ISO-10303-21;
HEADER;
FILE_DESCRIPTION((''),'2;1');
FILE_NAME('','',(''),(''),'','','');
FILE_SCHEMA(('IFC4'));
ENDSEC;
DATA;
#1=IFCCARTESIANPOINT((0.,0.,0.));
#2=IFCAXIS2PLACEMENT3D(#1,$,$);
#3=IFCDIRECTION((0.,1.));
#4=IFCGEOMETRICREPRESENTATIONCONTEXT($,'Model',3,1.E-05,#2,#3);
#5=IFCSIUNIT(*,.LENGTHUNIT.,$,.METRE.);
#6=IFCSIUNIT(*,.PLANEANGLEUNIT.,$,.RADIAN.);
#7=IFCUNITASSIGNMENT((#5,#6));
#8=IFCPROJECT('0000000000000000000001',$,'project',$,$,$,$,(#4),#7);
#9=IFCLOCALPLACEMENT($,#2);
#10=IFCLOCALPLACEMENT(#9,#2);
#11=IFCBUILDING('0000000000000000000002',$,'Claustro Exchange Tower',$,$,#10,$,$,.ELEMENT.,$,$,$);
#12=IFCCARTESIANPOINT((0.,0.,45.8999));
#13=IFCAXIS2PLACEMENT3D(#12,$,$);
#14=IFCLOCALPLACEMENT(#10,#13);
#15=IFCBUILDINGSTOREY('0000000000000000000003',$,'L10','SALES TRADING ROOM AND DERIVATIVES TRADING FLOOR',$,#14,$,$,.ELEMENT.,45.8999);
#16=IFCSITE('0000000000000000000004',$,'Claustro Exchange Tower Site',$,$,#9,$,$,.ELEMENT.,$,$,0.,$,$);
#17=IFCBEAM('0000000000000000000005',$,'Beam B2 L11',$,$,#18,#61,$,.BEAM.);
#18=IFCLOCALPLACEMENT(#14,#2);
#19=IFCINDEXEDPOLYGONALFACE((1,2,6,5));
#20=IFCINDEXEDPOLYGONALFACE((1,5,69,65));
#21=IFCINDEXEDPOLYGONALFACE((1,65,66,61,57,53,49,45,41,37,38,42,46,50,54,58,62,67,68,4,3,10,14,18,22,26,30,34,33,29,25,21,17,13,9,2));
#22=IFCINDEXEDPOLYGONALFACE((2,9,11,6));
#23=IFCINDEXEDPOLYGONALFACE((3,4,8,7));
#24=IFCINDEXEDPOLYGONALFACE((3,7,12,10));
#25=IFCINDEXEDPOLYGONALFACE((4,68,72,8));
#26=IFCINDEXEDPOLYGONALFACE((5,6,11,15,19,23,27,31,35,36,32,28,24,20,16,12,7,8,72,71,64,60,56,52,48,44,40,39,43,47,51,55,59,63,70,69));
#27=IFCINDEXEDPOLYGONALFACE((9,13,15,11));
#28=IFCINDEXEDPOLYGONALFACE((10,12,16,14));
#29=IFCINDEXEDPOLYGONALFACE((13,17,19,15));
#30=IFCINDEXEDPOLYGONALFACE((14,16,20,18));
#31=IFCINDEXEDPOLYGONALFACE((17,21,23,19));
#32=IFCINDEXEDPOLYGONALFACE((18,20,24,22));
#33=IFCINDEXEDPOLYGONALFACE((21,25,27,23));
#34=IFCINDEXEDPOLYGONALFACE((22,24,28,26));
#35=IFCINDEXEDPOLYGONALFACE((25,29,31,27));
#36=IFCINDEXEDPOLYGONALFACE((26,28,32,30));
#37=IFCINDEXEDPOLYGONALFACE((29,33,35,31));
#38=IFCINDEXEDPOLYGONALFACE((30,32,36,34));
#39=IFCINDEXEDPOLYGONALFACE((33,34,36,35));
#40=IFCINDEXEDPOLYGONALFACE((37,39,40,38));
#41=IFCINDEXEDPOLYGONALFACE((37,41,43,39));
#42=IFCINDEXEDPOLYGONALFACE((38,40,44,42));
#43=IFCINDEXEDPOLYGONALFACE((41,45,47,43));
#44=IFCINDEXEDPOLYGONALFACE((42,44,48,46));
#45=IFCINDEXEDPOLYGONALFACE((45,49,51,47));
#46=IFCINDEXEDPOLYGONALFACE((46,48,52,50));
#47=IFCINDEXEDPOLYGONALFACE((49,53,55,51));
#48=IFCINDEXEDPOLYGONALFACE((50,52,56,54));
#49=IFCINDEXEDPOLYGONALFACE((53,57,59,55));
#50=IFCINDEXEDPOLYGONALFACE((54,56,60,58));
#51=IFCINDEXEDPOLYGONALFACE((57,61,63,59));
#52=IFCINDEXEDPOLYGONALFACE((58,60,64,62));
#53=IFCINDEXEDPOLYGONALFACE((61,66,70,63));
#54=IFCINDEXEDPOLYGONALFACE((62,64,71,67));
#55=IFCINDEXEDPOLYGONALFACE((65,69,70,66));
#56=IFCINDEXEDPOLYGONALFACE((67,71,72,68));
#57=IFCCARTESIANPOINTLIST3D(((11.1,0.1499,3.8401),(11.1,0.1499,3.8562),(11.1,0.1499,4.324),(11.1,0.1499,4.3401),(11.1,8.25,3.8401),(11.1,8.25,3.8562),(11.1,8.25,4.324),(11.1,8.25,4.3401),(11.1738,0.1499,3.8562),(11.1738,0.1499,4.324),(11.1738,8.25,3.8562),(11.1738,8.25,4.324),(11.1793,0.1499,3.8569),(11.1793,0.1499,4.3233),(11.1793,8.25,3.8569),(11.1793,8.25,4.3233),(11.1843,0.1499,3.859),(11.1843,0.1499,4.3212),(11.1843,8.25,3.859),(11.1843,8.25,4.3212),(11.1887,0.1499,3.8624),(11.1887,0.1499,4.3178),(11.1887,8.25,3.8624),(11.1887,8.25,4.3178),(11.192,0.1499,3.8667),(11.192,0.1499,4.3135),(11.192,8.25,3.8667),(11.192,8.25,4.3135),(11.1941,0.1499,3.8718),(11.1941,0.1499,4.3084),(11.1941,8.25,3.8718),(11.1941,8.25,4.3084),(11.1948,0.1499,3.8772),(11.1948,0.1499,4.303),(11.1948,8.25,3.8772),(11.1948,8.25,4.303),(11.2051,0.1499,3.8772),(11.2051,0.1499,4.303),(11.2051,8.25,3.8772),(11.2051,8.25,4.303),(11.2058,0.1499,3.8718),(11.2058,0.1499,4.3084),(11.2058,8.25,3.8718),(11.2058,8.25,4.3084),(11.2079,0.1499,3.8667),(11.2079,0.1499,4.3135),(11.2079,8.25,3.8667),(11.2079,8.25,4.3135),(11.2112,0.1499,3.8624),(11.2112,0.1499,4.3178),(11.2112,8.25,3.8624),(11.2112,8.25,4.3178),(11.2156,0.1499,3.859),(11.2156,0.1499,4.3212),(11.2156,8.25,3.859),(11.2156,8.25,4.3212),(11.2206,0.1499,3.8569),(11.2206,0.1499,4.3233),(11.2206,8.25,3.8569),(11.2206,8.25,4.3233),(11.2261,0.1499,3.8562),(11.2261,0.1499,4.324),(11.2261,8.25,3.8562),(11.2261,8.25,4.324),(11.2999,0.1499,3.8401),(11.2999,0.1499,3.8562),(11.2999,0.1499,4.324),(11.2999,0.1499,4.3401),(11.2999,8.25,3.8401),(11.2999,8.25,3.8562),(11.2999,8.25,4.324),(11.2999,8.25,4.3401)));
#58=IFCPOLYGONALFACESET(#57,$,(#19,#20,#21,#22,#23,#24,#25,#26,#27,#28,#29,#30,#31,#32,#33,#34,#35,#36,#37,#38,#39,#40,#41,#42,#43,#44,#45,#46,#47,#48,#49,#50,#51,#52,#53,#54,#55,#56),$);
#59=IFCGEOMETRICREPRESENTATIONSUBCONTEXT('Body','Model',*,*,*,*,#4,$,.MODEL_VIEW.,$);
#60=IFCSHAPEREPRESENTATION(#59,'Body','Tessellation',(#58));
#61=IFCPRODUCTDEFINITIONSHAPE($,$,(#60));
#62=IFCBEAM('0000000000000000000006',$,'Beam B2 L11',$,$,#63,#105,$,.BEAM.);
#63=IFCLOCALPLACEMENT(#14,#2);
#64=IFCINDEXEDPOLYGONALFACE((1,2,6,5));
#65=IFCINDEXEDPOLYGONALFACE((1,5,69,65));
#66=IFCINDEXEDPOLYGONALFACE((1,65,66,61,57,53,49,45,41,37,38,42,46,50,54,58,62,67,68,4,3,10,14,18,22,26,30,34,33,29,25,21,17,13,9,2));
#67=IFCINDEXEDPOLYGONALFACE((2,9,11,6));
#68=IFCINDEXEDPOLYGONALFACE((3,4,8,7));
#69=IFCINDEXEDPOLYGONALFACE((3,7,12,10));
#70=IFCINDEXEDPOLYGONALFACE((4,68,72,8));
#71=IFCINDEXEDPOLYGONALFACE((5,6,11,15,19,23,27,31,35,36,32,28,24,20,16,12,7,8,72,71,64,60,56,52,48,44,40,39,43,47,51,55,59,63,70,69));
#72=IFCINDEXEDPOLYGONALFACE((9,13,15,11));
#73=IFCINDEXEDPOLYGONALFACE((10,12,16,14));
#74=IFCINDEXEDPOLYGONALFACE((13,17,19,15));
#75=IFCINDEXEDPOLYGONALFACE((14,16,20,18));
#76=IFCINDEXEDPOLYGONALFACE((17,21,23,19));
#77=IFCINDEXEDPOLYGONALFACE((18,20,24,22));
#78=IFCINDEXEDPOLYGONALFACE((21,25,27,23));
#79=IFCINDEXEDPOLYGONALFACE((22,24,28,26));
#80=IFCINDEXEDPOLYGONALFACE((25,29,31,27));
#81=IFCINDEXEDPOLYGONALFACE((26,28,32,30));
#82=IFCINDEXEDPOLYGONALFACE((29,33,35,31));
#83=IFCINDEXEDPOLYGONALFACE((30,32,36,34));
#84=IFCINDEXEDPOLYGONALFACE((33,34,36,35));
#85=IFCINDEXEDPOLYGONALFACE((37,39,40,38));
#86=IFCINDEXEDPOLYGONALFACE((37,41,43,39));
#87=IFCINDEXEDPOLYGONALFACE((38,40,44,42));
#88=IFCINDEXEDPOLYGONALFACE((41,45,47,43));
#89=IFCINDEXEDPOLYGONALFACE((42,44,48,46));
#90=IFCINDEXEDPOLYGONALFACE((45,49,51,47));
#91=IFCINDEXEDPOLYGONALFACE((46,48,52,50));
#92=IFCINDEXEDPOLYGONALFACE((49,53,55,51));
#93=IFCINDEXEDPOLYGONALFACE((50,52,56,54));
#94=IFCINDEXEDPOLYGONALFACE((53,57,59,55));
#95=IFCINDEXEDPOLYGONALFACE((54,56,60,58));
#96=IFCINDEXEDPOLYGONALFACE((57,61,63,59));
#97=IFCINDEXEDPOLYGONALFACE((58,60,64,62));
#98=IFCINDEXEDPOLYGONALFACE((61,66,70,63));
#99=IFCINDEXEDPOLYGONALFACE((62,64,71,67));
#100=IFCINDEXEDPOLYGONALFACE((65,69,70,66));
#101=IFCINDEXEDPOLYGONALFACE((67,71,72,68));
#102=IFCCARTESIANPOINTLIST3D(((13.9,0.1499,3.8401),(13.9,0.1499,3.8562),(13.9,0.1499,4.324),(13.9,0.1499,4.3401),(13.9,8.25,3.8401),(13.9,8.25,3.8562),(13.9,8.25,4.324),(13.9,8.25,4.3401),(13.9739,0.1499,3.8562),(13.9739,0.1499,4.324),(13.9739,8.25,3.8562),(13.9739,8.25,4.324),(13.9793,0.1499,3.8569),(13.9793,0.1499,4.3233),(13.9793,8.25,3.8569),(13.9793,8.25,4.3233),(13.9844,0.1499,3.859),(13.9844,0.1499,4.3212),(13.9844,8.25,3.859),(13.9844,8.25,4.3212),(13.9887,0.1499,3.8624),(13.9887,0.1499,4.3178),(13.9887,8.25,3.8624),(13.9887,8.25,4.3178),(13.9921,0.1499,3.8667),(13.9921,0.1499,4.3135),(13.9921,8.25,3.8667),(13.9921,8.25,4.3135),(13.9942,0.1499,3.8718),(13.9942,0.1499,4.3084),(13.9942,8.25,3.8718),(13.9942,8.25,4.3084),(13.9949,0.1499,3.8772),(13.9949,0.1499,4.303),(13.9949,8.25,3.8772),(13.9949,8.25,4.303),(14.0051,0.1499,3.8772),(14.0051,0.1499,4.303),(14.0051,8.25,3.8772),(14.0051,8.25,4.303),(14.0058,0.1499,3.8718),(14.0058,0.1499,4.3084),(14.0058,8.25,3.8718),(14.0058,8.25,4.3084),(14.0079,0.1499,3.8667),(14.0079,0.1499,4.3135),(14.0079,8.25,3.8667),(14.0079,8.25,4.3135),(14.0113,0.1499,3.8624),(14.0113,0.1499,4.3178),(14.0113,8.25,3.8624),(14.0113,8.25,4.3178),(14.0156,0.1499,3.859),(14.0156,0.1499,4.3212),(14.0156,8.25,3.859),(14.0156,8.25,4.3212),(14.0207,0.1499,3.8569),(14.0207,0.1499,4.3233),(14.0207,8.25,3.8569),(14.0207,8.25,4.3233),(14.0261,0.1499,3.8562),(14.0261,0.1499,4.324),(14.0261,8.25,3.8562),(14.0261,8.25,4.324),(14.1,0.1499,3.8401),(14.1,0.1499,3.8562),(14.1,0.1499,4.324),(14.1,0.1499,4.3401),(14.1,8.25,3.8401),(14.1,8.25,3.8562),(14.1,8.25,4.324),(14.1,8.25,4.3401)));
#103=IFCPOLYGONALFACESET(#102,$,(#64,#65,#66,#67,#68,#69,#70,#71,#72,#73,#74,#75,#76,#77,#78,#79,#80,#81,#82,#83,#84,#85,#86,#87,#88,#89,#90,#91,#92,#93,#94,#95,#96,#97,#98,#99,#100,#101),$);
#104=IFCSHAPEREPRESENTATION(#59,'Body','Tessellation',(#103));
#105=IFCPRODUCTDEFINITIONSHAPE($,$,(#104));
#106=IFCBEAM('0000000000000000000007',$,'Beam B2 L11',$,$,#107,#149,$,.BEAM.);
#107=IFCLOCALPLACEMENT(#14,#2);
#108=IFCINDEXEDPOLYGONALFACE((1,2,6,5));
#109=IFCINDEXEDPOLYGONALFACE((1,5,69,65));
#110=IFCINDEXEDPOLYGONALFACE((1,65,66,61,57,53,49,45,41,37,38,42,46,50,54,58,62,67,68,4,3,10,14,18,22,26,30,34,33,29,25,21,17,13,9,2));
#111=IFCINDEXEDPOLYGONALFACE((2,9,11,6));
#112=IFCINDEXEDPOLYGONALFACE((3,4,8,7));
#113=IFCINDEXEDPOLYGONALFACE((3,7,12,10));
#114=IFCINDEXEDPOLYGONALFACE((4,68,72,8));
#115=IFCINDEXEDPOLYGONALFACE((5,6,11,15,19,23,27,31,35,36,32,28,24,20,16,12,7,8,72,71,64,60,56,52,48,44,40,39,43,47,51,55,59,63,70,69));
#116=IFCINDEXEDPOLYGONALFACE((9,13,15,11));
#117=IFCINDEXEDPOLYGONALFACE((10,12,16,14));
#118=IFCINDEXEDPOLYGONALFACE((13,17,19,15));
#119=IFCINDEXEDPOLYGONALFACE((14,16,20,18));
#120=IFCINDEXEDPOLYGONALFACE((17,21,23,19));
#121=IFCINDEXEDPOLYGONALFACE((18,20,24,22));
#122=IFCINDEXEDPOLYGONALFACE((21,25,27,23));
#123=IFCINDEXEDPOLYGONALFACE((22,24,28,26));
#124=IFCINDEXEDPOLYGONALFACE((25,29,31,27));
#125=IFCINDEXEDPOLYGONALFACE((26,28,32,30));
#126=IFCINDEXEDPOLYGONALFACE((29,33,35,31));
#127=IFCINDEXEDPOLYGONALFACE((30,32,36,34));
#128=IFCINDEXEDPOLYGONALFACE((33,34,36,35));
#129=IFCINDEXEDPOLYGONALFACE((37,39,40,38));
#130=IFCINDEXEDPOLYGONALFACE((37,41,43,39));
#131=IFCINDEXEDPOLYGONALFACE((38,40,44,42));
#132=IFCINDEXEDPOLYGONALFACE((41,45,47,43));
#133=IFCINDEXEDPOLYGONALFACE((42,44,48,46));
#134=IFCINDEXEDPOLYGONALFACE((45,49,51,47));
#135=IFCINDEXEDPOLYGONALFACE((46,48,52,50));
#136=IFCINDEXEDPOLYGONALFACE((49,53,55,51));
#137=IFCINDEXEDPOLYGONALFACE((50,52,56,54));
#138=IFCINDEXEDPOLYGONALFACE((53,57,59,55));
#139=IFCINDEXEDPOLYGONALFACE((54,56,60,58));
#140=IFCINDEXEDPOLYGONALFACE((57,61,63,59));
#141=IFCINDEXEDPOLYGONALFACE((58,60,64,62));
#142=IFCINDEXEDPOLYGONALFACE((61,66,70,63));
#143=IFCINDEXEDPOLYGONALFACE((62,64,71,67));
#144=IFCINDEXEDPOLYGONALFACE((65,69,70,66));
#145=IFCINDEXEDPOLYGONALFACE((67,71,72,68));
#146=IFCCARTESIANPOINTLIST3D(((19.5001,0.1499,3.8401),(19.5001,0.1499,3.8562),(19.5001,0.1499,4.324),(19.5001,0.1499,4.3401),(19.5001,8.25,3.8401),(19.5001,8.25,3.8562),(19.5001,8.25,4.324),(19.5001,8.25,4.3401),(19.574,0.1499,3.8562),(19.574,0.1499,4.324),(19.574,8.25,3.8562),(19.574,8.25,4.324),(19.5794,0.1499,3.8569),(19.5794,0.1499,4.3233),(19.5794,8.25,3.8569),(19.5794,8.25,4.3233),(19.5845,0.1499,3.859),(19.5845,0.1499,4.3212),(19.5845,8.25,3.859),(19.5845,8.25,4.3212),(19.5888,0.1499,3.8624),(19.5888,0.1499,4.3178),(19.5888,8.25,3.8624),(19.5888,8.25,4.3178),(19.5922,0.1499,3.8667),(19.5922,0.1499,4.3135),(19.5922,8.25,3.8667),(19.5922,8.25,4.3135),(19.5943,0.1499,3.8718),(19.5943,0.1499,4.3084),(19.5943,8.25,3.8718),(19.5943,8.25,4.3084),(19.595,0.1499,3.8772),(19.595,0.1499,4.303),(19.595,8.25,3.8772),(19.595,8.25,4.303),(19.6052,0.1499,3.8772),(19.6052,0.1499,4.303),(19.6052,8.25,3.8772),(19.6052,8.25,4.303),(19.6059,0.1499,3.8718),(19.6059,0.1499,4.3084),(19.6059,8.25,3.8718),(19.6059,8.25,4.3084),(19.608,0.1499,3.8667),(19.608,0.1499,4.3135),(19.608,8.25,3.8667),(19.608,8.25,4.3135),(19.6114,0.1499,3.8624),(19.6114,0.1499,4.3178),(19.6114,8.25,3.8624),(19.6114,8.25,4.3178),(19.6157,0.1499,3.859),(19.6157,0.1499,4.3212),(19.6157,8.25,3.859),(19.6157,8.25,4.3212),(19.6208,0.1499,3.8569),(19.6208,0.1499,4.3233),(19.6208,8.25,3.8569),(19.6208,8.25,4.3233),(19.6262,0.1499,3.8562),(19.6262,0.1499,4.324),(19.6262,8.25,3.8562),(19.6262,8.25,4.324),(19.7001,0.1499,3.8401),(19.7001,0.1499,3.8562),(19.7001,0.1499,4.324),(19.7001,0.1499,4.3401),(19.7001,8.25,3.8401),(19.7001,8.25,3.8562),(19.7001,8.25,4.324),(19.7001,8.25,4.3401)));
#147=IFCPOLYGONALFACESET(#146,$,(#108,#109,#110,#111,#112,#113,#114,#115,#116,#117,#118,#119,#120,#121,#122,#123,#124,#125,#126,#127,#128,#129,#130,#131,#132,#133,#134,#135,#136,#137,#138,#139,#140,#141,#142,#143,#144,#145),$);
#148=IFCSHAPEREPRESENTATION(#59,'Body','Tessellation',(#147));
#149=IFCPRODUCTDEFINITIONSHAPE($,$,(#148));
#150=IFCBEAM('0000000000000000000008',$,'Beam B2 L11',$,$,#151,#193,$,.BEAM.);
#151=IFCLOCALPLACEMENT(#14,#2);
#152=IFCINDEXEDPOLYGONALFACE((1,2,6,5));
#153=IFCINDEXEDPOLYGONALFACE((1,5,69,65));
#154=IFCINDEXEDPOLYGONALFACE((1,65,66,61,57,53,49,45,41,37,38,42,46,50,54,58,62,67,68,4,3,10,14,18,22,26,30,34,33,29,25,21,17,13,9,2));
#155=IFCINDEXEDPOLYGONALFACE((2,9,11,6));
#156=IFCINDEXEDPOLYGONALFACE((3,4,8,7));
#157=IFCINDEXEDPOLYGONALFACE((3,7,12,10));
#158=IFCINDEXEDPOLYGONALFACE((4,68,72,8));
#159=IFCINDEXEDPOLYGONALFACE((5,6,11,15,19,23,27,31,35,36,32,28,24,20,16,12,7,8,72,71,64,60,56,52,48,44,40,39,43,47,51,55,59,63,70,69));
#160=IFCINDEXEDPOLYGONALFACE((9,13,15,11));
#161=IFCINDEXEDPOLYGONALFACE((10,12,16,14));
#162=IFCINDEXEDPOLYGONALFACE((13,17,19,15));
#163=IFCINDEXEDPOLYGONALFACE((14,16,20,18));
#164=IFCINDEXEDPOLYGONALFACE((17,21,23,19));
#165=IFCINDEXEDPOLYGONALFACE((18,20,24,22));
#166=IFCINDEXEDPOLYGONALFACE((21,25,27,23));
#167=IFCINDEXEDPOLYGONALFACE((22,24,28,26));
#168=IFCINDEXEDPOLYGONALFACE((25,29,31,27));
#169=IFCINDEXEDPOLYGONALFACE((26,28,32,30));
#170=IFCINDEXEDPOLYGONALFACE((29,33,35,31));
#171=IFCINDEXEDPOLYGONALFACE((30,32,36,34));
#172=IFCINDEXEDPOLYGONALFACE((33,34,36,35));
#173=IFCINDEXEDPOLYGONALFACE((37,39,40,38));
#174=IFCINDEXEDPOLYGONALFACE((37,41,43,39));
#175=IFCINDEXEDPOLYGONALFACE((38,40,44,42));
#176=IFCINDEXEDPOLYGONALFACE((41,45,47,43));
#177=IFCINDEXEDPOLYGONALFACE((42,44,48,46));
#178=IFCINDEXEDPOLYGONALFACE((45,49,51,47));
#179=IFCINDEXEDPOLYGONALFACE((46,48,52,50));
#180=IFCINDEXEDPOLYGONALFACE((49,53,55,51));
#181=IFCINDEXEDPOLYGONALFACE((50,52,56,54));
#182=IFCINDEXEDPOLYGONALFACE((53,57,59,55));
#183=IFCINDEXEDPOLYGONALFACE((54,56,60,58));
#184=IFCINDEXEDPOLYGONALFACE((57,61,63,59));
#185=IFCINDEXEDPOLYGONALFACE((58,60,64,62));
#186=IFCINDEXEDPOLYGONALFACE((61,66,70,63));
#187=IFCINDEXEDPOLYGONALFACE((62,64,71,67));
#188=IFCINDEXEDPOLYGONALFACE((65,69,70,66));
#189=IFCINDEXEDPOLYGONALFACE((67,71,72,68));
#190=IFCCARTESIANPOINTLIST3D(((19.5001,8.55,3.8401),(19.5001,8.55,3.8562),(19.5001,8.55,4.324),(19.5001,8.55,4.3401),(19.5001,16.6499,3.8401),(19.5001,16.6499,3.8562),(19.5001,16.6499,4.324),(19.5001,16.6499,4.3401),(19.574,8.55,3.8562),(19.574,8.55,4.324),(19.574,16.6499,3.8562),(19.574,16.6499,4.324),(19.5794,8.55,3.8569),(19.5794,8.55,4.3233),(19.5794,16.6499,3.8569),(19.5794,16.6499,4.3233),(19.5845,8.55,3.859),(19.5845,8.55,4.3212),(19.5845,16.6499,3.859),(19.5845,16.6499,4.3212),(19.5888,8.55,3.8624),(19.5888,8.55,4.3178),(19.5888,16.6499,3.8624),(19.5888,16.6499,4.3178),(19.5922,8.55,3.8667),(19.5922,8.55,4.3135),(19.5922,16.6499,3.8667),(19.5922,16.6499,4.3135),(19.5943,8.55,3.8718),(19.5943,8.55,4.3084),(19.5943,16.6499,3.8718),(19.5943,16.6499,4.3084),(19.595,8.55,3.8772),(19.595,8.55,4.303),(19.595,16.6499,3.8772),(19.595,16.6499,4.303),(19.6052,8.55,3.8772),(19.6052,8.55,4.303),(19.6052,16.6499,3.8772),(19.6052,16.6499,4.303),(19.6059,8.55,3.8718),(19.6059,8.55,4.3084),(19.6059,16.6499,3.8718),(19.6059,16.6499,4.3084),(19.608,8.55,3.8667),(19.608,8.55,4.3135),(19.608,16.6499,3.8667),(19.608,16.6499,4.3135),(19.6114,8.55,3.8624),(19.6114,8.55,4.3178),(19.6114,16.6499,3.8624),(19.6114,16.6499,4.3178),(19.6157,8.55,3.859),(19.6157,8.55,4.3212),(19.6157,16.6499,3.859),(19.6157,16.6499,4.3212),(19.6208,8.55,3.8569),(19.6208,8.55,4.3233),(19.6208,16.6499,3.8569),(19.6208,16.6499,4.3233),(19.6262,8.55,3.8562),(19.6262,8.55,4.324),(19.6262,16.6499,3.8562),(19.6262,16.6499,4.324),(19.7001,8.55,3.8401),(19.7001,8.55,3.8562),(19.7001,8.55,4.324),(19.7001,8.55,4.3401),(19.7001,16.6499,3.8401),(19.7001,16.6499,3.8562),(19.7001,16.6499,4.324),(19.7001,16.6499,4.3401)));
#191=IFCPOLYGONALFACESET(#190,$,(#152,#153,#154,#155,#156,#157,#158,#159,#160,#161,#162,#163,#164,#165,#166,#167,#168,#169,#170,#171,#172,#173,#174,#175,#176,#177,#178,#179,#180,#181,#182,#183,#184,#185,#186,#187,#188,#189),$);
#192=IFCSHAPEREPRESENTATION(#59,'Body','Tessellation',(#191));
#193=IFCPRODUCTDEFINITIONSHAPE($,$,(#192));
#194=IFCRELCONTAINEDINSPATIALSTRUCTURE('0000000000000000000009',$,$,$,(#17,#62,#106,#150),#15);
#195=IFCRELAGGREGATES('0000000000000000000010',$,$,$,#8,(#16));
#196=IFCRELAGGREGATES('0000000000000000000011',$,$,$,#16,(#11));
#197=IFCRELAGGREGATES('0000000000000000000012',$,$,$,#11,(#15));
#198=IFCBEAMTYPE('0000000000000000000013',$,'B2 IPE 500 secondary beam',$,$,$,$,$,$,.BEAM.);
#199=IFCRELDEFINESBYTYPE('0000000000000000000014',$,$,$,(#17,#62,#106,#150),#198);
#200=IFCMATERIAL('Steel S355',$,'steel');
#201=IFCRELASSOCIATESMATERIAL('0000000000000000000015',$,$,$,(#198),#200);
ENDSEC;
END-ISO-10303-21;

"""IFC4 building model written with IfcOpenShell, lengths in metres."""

from ifc_helpers import new_model, si_unit, direction, frame, origin, origin_2d, place, context, subcontext, project, spatial, i_section, extrude, material, material_profile, profile_set, type_object, element, save


model = new_model("IFC4")

# Units and contexts
model_context = context("Model", 3, precision=1e-05, world=origin(), true_north=direction((0.0, 1.0)))
body_context = subcontext(model_context, "Body", "Model", "MODEL_VIEW")
ifc_project = project(units=[si_unit("LENGTHUNIT", "METRE"), si_unit("PLANEANGLEUNIT", "RADIAN")], contexts=[model_context])

# Site, building, storey
site_placement = place(None, origin())
site = spatial("IfcSite", under=ifc_project, at=site_placement, Name="Claustro Exchange Tower Site", CompositionType="ELEMENT", RefElevation=0.0)
building_placement = place(site_placement, origin())
building = spatial("IfcBuilding", under=site, at=building_placement, Name="Claustro Exchange Tower", CompositionType="ELEMENT")
storey_placement = place(building_placement, frame((0.0, 0.0, 45.8999)))
storey = spatial("IfcBuildingStorey", under=building, at=storey_placement, Name="L10", Description="SALES TRADING ROOM AND DERIVATIVES TRADING FLOOR", CompositionType="ELEMENT", Elevation=45.8999)

# Beams
ifc_material_1 = material(Name="Steel S355", Category="steel")
ifc_material_profile_1 = material_profile(ifc_material_1, i_section(OverallWidth=0.2, OverallDepth=0.5, WebThickness=0.0103, FlangeThickness=0.0161, FilletRadius=0.021, at=origin_2d()), Name="IPE 500")
ifc_profile_set_1 = profile_set([ifc_material_profile_1], Name="Steel S355")
beam_type_1 = type_object("IfcBeamType", Name="B2 IPE 500 secondary beam", PredefinedType="BEAM", material=ifc_profile_set_1)
for number, where, z_axis, x_axis, name in (
    (1, (11.2, 0.1499, 4.0901), (0.0, 1.0, 0.0), (-1.0, 0.0, 0.0), "Beam B2 L11"),
    (2, (14.0, 0.1499, 4.0901), (0.0, 1.0, 0.0), (-1.0, 0.0, 0.0), "Beam B2 L11"),
    (3, (19.6001, 0.1499, 4.0901), (0.0, 1.0, 0.0), (-1.0, 0.0, 0.0), "Beam B2 L11"),
):
    element("IfcBeam", number, at=place(storey_placement, frame(where, z_axis=z_axis, x_axis=x_axis)), inside=storey, type_object=beam_type_1, Name=name, PredefinedType="BEAM", context=body_context, shape_type="SweptSolid", body=[
        extrude(i_section(OverallWidth=0.2, OverallDepth=0.5, WebThickness=0.0103, FlangeThickness=0.0161, FilletRadius=0.021, at=origin_2d()), origin(), (0.0, 0.0, 1.0), 8.1001),
    ])
beam_1_placement = place(storey_placement, frame((19.6001, 8.55, 4.0901), z_axis=(0.0, 1.0, 0.0), x_axis=(-1.0, 0.0, 0.0)))
element("IfcBeam", 4, at=beam_1_placement, inside=storey, type_object=beam_type_1, Name="Beam B2 L11", PredefinedType="BEAM", context=body_context, shape_type="SweptSolid", body=[
    extrude(i_section(OverallWidth=0.2, OverallDepth=0.5, WebThickness=0.0103, FlangeThickness=0.0161, FilletRadius=0.021, at=origin_2d()), origin(), (0.0, 0.0, 1.0), 8.0999),
])

save(model, "model.ifc")
